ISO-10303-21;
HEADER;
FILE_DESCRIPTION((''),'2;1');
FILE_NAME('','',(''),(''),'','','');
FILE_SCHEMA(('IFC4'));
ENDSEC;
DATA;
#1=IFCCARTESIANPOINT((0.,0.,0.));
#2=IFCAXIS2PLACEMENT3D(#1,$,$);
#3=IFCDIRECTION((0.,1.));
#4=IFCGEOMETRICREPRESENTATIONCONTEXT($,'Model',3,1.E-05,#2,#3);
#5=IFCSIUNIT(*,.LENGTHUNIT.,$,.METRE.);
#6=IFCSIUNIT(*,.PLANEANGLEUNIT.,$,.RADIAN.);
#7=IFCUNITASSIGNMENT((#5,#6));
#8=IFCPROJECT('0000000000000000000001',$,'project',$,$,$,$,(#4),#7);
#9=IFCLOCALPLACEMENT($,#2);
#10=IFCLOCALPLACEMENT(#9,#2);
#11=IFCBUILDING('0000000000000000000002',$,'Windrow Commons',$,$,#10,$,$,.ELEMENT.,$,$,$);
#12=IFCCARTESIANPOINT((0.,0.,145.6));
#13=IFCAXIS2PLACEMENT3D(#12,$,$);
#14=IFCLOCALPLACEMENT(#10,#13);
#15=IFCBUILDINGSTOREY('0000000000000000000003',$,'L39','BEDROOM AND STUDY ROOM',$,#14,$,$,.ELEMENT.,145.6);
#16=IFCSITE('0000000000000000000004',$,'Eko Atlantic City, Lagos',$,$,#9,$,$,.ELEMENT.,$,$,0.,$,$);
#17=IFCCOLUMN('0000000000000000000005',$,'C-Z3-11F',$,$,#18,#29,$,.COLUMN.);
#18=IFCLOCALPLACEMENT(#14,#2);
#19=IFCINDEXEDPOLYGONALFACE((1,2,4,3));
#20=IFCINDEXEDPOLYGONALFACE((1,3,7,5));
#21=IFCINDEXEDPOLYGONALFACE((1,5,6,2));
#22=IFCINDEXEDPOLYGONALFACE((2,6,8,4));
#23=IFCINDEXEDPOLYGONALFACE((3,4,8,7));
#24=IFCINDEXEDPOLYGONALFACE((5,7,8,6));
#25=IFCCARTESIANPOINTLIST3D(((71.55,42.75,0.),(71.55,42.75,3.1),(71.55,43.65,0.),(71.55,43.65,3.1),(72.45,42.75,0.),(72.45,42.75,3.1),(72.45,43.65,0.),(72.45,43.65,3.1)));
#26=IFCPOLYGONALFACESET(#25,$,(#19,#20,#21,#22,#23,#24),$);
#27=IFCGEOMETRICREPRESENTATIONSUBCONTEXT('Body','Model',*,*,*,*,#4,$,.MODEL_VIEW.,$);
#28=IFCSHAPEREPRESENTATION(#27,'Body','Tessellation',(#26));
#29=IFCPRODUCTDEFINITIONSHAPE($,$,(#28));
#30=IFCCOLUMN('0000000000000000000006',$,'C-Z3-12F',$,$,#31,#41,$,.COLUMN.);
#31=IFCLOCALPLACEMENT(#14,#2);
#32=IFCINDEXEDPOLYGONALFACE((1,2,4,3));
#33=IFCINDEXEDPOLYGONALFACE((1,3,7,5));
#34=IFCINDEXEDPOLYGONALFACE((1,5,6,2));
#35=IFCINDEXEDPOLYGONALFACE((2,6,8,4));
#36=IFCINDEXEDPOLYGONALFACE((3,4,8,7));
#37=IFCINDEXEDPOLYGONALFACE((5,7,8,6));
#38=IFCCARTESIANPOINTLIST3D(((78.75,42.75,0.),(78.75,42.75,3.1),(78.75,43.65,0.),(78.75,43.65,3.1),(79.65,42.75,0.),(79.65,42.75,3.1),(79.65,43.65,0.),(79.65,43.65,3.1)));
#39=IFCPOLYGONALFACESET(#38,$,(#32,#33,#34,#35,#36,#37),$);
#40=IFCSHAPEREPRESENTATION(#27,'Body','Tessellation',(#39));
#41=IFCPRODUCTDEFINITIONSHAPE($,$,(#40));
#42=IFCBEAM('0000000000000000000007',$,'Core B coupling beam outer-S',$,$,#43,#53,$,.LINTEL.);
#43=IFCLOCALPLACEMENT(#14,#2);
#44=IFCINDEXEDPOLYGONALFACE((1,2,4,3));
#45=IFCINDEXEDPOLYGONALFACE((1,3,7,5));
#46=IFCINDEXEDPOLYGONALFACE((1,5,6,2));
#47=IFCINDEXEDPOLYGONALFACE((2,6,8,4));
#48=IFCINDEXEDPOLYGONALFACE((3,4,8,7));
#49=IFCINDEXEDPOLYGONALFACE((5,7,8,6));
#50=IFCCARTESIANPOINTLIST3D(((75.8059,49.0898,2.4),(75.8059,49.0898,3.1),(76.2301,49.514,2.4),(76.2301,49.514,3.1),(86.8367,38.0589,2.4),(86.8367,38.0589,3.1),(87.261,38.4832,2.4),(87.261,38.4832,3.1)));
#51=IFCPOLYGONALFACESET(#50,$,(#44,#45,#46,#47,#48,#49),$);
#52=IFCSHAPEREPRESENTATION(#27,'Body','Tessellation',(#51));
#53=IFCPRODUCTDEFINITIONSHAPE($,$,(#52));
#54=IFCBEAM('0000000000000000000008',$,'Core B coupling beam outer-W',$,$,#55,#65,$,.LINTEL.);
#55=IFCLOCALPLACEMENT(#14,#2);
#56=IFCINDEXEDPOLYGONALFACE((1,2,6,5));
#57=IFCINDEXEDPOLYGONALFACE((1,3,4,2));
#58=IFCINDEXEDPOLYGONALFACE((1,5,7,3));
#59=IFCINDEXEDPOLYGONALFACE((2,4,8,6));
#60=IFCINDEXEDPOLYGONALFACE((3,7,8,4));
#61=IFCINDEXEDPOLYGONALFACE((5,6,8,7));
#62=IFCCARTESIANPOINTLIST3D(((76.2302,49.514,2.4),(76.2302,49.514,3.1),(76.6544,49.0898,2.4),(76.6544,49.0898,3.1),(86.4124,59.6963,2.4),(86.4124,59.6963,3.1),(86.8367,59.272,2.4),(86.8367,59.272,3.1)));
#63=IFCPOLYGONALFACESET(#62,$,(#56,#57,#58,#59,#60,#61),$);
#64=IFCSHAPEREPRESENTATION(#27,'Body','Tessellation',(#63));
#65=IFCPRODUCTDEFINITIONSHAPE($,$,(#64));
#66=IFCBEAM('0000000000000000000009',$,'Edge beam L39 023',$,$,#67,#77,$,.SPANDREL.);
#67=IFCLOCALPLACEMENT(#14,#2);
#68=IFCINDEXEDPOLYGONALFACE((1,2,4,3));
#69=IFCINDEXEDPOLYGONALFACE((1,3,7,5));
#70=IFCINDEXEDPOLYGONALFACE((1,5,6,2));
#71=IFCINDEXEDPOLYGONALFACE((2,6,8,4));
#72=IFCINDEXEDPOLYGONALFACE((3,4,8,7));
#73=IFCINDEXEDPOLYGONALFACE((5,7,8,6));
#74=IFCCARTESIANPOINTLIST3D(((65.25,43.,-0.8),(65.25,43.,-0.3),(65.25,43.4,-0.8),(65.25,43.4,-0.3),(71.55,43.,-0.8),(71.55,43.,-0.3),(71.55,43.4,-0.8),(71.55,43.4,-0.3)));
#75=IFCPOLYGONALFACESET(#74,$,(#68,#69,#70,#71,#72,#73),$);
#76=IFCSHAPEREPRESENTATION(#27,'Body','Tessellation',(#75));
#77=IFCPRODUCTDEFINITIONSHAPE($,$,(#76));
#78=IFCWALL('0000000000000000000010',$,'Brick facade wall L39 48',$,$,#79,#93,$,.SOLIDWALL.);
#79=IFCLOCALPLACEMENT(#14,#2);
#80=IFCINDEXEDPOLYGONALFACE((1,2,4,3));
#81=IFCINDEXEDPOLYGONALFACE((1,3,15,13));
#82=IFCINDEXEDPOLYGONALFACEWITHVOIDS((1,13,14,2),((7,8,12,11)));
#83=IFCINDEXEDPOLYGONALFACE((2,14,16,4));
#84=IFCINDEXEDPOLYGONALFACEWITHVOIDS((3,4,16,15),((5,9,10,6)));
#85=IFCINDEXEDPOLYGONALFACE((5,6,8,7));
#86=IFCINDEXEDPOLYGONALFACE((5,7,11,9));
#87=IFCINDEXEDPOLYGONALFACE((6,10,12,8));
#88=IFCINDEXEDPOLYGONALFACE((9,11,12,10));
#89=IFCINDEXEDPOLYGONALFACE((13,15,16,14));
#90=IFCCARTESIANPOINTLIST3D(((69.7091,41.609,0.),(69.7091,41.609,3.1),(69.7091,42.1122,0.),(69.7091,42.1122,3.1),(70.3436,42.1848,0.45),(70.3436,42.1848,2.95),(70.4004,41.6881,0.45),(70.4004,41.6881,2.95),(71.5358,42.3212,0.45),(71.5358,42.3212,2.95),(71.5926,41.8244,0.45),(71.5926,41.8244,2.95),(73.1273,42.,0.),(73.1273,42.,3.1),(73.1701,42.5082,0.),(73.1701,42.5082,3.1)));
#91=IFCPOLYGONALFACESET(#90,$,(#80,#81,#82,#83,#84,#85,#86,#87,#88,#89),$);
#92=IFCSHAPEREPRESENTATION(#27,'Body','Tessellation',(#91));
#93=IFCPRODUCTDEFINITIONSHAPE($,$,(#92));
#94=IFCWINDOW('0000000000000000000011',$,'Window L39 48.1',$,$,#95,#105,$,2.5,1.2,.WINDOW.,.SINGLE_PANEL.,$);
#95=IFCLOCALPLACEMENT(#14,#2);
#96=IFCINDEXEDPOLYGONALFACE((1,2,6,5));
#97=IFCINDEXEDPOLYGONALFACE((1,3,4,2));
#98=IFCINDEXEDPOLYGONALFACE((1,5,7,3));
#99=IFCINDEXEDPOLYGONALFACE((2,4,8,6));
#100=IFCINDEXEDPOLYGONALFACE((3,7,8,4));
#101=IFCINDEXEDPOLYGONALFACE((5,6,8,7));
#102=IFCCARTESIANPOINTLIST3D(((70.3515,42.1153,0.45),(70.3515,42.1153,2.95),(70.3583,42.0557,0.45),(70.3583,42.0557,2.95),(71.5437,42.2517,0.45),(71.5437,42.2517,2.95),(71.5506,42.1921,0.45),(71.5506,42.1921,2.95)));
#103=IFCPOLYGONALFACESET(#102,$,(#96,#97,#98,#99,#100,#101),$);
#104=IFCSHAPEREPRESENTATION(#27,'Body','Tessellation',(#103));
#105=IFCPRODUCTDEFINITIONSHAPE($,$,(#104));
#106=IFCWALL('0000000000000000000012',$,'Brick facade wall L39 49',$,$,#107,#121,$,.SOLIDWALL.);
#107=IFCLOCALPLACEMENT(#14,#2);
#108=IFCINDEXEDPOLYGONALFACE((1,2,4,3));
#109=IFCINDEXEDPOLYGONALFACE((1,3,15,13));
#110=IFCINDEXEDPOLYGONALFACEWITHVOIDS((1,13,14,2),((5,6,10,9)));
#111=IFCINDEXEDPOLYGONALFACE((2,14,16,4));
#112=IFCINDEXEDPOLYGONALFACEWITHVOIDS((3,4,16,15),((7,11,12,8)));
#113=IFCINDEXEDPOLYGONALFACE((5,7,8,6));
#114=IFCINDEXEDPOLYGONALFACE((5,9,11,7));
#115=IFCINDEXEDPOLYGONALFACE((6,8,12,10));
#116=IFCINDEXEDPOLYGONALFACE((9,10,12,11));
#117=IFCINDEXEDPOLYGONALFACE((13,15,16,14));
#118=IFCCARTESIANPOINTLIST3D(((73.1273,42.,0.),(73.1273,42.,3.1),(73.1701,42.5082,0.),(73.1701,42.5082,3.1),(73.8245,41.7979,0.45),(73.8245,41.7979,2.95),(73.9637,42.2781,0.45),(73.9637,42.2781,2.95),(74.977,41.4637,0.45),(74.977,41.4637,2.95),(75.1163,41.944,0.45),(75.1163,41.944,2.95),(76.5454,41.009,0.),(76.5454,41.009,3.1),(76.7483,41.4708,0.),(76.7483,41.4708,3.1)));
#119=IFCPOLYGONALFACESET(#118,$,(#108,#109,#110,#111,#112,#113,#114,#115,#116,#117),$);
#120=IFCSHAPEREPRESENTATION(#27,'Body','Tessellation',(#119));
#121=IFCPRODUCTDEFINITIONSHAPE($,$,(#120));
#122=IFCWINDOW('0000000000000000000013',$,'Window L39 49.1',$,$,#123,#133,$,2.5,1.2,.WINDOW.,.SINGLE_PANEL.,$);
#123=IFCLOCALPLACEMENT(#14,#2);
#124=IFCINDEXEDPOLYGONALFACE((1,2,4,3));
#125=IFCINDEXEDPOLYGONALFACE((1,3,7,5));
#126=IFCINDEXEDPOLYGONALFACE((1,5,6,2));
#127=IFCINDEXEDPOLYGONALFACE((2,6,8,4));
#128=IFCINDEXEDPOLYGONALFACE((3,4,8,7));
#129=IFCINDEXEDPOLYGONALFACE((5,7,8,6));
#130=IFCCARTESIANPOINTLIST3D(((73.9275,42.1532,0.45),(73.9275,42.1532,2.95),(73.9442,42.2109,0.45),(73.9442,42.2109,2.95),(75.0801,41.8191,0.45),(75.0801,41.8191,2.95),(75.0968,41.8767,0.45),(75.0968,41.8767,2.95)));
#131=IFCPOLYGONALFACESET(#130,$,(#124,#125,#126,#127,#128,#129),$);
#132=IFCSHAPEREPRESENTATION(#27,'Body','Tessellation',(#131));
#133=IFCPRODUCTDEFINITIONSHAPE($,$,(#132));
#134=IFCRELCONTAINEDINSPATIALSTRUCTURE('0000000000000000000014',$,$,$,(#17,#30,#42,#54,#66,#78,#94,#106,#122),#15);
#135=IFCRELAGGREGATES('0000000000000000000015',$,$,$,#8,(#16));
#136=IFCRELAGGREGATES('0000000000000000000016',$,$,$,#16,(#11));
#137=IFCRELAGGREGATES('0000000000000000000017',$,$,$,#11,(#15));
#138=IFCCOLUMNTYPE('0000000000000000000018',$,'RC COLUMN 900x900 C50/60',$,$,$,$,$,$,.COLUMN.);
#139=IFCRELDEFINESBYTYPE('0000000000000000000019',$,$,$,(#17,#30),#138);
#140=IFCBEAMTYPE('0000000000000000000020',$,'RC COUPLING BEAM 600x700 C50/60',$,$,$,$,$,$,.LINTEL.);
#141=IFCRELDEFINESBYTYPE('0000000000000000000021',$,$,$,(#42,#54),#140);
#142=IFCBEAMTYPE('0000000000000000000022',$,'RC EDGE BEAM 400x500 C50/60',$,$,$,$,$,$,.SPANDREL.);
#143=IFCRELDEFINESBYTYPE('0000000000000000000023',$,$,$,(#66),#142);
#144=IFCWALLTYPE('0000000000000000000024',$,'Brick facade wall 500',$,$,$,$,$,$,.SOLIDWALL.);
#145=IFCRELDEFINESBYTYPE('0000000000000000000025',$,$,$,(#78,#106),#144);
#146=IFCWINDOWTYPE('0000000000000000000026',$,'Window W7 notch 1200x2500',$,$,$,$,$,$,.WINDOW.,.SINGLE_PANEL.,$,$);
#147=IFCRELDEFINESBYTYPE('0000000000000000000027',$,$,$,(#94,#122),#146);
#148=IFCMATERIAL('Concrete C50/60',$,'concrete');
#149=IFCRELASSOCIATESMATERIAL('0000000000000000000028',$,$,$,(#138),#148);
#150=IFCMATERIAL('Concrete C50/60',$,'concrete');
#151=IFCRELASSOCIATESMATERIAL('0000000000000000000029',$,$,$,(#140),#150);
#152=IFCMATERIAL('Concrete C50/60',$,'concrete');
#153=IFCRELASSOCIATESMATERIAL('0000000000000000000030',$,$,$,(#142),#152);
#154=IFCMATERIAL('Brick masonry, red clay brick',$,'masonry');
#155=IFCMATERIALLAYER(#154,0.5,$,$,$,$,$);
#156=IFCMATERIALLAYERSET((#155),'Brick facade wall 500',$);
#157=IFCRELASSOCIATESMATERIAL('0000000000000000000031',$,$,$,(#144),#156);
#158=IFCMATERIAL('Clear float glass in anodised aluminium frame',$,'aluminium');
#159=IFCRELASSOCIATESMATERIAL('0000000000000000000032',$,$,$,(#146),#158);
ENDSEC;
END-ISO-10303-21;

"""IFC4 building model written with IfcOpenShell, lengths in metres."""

from ifc_helpers import new_model, si_unit, direction, frame, frame_2d, origin, origin_2d, place, context, subcontext, project, spatial, polyline, rectangle, outline, extrude, material, layer, layer_set, material_profile, profile_set, type_object, element, fill, save


model = new_model("IFC4")

# Units and contexts
model_context = context("Model", 3, precision=1e-05, world=origin(), true_north=direction((0.0, 1.0)))
body_context = subcontext(model_context, "Body", "Model", "MODEL_VIEW")
ifc_project = project(units=[si_unit("LENGTHUNIT", "METRE"), si_unit("PLANEANGLEUNIT", "RADIAN")], contexts=[model_context])

# Site, building, storey
site_placement = place(None, origin())
site = spatial("IfcSite", under=ifc_project, at=site_placement, Name="Eko Atlantic City, Lagos", CompositionType="ELEMENT", RefElevation=0.0)
building_placement = place(site_placement, origin())
building = spatial("IfcBuilding", under=site, at=building_placement, Name="Windrow Commons", CompositionType="ELEMENT")
storey_placement = place(building_placement, frame((0.0, 0.0, 145.6)))
storey = spatial("IfcBuildingStorey", under=building, at=storey_placement, Name="L39", Description="BEDROOM AND STUDY ROOM", CompositionType="ELEMENT", Elevation=145.6)

# Columns
ifc_material_1 = material(Name="Concrete C50/60", Category="concrete")
ifc_material_profile_1 = material_profile(ifc_material_1, rectangle(XDim=0.9, YDim=0.9, at=origin_2d()))
ifc_profile_set_1 = profile_set([ifc_material_profile_1], Name="Concrete C50/60")
column_type = type_object("IfcColumnType", Name="RC COLUMN 900x900 C50/60", PredefinedType="COLUMN", material=ifc_profile_set_1)
for number, where, z_axis, x_axis, name in (
    (1, (72.0, 43.2, 0.0), (0.0, 0.0, 1.0), (1.0, 0.0, 0.0), "C-Z3-11F"),
    (2, (79.2, 43.2, 0.0), (0.0, 0.0, 1.0), (1.0, 0.0, 0.0), "C-Z3-12F"),
):
    element("IfcColumn", number, at=place(storey_placement, frame(where, z_axis=z_axis, x_axis=x_axis)), inside=storey, type_object=column_type, Name=name, PredefinedType="COLUMN", context=body_context, shape_type="SweptSolid", body=[
        extrude(rectangle(XDim=0.9, YDim=0.9, at=origin_2d()), origin(), (0.0, 0.0, 1.0), 3.1),
    ])

# Beams
ifc_material_2 = material(Name="Concrete C50/60", Category="concrete")
ifc_material_profile_2 = material_profile(ifc_material_2, rectangle(XDim=0.6, YDim=0.7, at=origin_2d()))
ifc_profile_set_2 = profile_set([ifc_material_profile_2], Name="Concrete C50/60")
beam_type_1 = type_object("IfcBeamType", Name="RC COUPLING BEAM 600x700 C50/60", PredefinedType="LINTEL", material=ifc_profile_set_2)
beam_1_placement = place(storey_placement, frame((76.018, 49.3019, 2.75), z_axis=(0.707107, -0.707107, 0.0), x_axis=(0.707107, 0.707107, 0.0)))
element("IfcBeam", 3, at=beam_1_placement, inside=storey, type_object=beam_type_1, Name="Core B coupling beam outer-S", PredefinedType="LINTEL", context=body_context, shape_type="SweptSolid", body=[
    extrude(rectangle(XDim=0.6, YDim=0.7, at=origin_2d()), origin(), (0.0, 0.0, 1.0), 15.6),
])
beam_2_placement = place(storey_placement, frame((76.4423, 49.3019, 2.75), z_axis=(0.707107, 0.707107, 0.0), x_axis=(-0.707107, 0.707107, 0.0)))
element("IfcBeam", 4, at=beam_2_placement, inside=storey, type_object=beam_type_1, Name="Core B coupling beam outer-W", PredefinedType="LINTEL", context=body_context, shape_type="SweptSolid", body=[
    extrude(rectangle(XDim=0.6, YDim=0.7, at=origin_2d()), origin(), (0.0, 0.0, 1.0), 14.3999),
])
ifc_material_3 = material(Name="Concrete C50/60", Category="concrete")
ifc_material_profile_3 = material_profile(ifc_material_3, rectangle(XDim=0.4, YDim=0.5, at=origin_2d()))
ifc_profile_set_3 = profile_set([ifc_material_profile_3], Name="Concrete C50/60")
beam_type_2 = type_object("IfcBeamType", Name="RC EDGE BEAM 400x500 C50/60", PredefinedType="SPANDREL", material=ifc_profile_set_3)
beam_3_placement = place(storey_placement, frame((71.55, 43.2, -0.55), z_axis=(-1.0, 0.0, 0.0), x_axis=(0.0, -1.0, 0.0)))
element("IfcBeam", 5, at=beam_3_placement, inside=storey, type_object=beam_type_2, Name="Edge beam L39 023", PredefinedType="SPANDREL", context=body_context, shape_type="SweptSolid", body=[
    extrude(rectangle(XDim=0.4, YDim=0.5, at=origin_2d()), origin(), (0.0, 0.0, 1.0), 6.3),
])

# Walls, openings, windows
ifc_material_4 = material(Name="Brick masonry, red clay brick", Category="masonry")
ifc_layer_1 = layer(ifc_material_4, 0.5)
ifc_layer_set_1 = layer_set([ifc_layer_1], Name="Brick facade wall 500")
wall_type_1 = type_object("IfcWallType", Name="Brick facade wall 500", PredefinedType="SOLIDWALL", material=ifc_layer_set_1)
wall_1_placement = place(storey_placement, frame((69.7091, 41.8606, 0.0), z_axis=(0.0, 0.0, 1.0), x_axis=(0.99352, 0.113661, 0.0)))
wall_1 = element("IfcWall", 6, at=wall_1_placement, inside=storey, type_object=wall_type_1, Name="Brick facade wall L39 48", PredefinedType="SOLIDWALL", context=body_context, shape_type="SweptSolid", body=[
    extrude(outline(polyline([(-0.0286, -0.25), (3.4119, -0.25), (3.5122, 0.25), (0.0286, 0.25), (-0.0286, -0.25)])), origin(), (0.0, 0.0, 1.0), 3.1),
])
opening_1_placement = place(wall_1_placement, frame((0.6672, 0.0, 0.45)))
opening_1 = element("IfcOpeningElement", 7, at=opening_1_placement, cuts=wall_1, PredefinedType="OPENING", context=body_context, shape_type="SweptSolid", body=[
    extrude(rectangle(XDim=1.2, YDim=2.5, at=frame_2d((0.6, 1.25))), frame((0.0, 0.26, 0.0), z_axis=(0.0, -1.0, 0.0), x_axis=(1.0, 0.0, 0.0)), (0.0, 0.0, 1.0), 0.52),
])
ifc_material_5 = material(Name="Clear float glass in anodised aluminium frame", Category="aluminium")
window_type = type_object("IfcWindowType", Name="Window W7 notch 1200x2500", PartitioningType="SINGLE_PANEL", PredefinedType="WINDOW", material=ifc_material_5)
window_1_placement = place(opening_1_placement, origin())
window_1 = element("IfcWindow", 8, at=window_1_placement, inside=storey, type_object=window_type, Name="Window L39 48.1", OverallHeight=2.5, OverallWidth=1.2, PartitioningType="SINGLE_PANEL", PredefinedType="WINDOW", context=body_context, shape_type="SweptSolid", body=[
    extrude(rectangle(XDim=1.2, YDim=2.5, at=frame_2d((0.6, 1.25))), frame((0.0, 0.18, 0.0), z_axis=(0.0, -1.0, 0.0), x_axis=(1.0, 0.0, 0.0)), (0.0, 0.0, 1.0), 0.06),
])
fill(opening_1, window_1)
wall_2_placement = place(storey_placement, frame((73.1487, 42.2541, 0.0), z_axis=(0.0, 0.0, 1.0), x_axis=(0.96045, -0.278454, 0.0)))
wall_2 = element("IfcWall", 9, at=wall_2_placement, inside=storey, type_object=wall_type_1, Name="Brick facade wall L39 49", PredefinedType="SOLIDWALL", context=body_context, shape_type="SweptSolid", body=[
    extrude(outline(polyline([(0.0502, -0.25), (3.6091, -0.25), (3.6754, 0.25), (-0.0502, 0.25), (0.0502, -0.25)])), origin(), (0.0, 0.0, 1.0), 3.1),
])
opening_2_placement = place(wall_2_placement, frame((0.7761, 0.0, 0.45)))
opening_2 = element("IfcOpeningElement", 10, at=opening_2_placement, cuts=wall_2, PredefinedType="OPENING", context=body_context, shape_type="SweptSolid", body=[
    extrude(rectangle(XDim=1.2, YDim=2.5, at=frame_2d((0.6, 1.25))), frame((0.0, 0.26, 0.0), z_axis=(0.0, -1.0, 0.0), x_axis=(1.0, 0.0, 0.0)), (0.0, 0.0, 1.0), 0.52),
])
window_2_placement = place(opening_2_placement, origin())
window_2 = element("IfcWindow", 11, at=window_2_placement, inside=storey, type_object=window_type, Name="Window L39 49.1", OverallHeight=2.5, OverallWidth=1.2, PartitioningType="SINGLE_PANEL", PredefinedType="WINDOW", context=body_context, shape_type="SweptSolid", body=[
    extrude(rectangle(XDim=1.2, YDim=2.5, at=frame_2d((0.6, 1.25))), frame((0.0, 0.18, 0.0), z_axis=(0.0, -1.0, 0.0), x_axis=(1.0, 0.0, 0.0)), (0.0, 0.0, 1.0), 0.06),
])
fill(opening_2, window_2)

save(model, "model.ifc")
